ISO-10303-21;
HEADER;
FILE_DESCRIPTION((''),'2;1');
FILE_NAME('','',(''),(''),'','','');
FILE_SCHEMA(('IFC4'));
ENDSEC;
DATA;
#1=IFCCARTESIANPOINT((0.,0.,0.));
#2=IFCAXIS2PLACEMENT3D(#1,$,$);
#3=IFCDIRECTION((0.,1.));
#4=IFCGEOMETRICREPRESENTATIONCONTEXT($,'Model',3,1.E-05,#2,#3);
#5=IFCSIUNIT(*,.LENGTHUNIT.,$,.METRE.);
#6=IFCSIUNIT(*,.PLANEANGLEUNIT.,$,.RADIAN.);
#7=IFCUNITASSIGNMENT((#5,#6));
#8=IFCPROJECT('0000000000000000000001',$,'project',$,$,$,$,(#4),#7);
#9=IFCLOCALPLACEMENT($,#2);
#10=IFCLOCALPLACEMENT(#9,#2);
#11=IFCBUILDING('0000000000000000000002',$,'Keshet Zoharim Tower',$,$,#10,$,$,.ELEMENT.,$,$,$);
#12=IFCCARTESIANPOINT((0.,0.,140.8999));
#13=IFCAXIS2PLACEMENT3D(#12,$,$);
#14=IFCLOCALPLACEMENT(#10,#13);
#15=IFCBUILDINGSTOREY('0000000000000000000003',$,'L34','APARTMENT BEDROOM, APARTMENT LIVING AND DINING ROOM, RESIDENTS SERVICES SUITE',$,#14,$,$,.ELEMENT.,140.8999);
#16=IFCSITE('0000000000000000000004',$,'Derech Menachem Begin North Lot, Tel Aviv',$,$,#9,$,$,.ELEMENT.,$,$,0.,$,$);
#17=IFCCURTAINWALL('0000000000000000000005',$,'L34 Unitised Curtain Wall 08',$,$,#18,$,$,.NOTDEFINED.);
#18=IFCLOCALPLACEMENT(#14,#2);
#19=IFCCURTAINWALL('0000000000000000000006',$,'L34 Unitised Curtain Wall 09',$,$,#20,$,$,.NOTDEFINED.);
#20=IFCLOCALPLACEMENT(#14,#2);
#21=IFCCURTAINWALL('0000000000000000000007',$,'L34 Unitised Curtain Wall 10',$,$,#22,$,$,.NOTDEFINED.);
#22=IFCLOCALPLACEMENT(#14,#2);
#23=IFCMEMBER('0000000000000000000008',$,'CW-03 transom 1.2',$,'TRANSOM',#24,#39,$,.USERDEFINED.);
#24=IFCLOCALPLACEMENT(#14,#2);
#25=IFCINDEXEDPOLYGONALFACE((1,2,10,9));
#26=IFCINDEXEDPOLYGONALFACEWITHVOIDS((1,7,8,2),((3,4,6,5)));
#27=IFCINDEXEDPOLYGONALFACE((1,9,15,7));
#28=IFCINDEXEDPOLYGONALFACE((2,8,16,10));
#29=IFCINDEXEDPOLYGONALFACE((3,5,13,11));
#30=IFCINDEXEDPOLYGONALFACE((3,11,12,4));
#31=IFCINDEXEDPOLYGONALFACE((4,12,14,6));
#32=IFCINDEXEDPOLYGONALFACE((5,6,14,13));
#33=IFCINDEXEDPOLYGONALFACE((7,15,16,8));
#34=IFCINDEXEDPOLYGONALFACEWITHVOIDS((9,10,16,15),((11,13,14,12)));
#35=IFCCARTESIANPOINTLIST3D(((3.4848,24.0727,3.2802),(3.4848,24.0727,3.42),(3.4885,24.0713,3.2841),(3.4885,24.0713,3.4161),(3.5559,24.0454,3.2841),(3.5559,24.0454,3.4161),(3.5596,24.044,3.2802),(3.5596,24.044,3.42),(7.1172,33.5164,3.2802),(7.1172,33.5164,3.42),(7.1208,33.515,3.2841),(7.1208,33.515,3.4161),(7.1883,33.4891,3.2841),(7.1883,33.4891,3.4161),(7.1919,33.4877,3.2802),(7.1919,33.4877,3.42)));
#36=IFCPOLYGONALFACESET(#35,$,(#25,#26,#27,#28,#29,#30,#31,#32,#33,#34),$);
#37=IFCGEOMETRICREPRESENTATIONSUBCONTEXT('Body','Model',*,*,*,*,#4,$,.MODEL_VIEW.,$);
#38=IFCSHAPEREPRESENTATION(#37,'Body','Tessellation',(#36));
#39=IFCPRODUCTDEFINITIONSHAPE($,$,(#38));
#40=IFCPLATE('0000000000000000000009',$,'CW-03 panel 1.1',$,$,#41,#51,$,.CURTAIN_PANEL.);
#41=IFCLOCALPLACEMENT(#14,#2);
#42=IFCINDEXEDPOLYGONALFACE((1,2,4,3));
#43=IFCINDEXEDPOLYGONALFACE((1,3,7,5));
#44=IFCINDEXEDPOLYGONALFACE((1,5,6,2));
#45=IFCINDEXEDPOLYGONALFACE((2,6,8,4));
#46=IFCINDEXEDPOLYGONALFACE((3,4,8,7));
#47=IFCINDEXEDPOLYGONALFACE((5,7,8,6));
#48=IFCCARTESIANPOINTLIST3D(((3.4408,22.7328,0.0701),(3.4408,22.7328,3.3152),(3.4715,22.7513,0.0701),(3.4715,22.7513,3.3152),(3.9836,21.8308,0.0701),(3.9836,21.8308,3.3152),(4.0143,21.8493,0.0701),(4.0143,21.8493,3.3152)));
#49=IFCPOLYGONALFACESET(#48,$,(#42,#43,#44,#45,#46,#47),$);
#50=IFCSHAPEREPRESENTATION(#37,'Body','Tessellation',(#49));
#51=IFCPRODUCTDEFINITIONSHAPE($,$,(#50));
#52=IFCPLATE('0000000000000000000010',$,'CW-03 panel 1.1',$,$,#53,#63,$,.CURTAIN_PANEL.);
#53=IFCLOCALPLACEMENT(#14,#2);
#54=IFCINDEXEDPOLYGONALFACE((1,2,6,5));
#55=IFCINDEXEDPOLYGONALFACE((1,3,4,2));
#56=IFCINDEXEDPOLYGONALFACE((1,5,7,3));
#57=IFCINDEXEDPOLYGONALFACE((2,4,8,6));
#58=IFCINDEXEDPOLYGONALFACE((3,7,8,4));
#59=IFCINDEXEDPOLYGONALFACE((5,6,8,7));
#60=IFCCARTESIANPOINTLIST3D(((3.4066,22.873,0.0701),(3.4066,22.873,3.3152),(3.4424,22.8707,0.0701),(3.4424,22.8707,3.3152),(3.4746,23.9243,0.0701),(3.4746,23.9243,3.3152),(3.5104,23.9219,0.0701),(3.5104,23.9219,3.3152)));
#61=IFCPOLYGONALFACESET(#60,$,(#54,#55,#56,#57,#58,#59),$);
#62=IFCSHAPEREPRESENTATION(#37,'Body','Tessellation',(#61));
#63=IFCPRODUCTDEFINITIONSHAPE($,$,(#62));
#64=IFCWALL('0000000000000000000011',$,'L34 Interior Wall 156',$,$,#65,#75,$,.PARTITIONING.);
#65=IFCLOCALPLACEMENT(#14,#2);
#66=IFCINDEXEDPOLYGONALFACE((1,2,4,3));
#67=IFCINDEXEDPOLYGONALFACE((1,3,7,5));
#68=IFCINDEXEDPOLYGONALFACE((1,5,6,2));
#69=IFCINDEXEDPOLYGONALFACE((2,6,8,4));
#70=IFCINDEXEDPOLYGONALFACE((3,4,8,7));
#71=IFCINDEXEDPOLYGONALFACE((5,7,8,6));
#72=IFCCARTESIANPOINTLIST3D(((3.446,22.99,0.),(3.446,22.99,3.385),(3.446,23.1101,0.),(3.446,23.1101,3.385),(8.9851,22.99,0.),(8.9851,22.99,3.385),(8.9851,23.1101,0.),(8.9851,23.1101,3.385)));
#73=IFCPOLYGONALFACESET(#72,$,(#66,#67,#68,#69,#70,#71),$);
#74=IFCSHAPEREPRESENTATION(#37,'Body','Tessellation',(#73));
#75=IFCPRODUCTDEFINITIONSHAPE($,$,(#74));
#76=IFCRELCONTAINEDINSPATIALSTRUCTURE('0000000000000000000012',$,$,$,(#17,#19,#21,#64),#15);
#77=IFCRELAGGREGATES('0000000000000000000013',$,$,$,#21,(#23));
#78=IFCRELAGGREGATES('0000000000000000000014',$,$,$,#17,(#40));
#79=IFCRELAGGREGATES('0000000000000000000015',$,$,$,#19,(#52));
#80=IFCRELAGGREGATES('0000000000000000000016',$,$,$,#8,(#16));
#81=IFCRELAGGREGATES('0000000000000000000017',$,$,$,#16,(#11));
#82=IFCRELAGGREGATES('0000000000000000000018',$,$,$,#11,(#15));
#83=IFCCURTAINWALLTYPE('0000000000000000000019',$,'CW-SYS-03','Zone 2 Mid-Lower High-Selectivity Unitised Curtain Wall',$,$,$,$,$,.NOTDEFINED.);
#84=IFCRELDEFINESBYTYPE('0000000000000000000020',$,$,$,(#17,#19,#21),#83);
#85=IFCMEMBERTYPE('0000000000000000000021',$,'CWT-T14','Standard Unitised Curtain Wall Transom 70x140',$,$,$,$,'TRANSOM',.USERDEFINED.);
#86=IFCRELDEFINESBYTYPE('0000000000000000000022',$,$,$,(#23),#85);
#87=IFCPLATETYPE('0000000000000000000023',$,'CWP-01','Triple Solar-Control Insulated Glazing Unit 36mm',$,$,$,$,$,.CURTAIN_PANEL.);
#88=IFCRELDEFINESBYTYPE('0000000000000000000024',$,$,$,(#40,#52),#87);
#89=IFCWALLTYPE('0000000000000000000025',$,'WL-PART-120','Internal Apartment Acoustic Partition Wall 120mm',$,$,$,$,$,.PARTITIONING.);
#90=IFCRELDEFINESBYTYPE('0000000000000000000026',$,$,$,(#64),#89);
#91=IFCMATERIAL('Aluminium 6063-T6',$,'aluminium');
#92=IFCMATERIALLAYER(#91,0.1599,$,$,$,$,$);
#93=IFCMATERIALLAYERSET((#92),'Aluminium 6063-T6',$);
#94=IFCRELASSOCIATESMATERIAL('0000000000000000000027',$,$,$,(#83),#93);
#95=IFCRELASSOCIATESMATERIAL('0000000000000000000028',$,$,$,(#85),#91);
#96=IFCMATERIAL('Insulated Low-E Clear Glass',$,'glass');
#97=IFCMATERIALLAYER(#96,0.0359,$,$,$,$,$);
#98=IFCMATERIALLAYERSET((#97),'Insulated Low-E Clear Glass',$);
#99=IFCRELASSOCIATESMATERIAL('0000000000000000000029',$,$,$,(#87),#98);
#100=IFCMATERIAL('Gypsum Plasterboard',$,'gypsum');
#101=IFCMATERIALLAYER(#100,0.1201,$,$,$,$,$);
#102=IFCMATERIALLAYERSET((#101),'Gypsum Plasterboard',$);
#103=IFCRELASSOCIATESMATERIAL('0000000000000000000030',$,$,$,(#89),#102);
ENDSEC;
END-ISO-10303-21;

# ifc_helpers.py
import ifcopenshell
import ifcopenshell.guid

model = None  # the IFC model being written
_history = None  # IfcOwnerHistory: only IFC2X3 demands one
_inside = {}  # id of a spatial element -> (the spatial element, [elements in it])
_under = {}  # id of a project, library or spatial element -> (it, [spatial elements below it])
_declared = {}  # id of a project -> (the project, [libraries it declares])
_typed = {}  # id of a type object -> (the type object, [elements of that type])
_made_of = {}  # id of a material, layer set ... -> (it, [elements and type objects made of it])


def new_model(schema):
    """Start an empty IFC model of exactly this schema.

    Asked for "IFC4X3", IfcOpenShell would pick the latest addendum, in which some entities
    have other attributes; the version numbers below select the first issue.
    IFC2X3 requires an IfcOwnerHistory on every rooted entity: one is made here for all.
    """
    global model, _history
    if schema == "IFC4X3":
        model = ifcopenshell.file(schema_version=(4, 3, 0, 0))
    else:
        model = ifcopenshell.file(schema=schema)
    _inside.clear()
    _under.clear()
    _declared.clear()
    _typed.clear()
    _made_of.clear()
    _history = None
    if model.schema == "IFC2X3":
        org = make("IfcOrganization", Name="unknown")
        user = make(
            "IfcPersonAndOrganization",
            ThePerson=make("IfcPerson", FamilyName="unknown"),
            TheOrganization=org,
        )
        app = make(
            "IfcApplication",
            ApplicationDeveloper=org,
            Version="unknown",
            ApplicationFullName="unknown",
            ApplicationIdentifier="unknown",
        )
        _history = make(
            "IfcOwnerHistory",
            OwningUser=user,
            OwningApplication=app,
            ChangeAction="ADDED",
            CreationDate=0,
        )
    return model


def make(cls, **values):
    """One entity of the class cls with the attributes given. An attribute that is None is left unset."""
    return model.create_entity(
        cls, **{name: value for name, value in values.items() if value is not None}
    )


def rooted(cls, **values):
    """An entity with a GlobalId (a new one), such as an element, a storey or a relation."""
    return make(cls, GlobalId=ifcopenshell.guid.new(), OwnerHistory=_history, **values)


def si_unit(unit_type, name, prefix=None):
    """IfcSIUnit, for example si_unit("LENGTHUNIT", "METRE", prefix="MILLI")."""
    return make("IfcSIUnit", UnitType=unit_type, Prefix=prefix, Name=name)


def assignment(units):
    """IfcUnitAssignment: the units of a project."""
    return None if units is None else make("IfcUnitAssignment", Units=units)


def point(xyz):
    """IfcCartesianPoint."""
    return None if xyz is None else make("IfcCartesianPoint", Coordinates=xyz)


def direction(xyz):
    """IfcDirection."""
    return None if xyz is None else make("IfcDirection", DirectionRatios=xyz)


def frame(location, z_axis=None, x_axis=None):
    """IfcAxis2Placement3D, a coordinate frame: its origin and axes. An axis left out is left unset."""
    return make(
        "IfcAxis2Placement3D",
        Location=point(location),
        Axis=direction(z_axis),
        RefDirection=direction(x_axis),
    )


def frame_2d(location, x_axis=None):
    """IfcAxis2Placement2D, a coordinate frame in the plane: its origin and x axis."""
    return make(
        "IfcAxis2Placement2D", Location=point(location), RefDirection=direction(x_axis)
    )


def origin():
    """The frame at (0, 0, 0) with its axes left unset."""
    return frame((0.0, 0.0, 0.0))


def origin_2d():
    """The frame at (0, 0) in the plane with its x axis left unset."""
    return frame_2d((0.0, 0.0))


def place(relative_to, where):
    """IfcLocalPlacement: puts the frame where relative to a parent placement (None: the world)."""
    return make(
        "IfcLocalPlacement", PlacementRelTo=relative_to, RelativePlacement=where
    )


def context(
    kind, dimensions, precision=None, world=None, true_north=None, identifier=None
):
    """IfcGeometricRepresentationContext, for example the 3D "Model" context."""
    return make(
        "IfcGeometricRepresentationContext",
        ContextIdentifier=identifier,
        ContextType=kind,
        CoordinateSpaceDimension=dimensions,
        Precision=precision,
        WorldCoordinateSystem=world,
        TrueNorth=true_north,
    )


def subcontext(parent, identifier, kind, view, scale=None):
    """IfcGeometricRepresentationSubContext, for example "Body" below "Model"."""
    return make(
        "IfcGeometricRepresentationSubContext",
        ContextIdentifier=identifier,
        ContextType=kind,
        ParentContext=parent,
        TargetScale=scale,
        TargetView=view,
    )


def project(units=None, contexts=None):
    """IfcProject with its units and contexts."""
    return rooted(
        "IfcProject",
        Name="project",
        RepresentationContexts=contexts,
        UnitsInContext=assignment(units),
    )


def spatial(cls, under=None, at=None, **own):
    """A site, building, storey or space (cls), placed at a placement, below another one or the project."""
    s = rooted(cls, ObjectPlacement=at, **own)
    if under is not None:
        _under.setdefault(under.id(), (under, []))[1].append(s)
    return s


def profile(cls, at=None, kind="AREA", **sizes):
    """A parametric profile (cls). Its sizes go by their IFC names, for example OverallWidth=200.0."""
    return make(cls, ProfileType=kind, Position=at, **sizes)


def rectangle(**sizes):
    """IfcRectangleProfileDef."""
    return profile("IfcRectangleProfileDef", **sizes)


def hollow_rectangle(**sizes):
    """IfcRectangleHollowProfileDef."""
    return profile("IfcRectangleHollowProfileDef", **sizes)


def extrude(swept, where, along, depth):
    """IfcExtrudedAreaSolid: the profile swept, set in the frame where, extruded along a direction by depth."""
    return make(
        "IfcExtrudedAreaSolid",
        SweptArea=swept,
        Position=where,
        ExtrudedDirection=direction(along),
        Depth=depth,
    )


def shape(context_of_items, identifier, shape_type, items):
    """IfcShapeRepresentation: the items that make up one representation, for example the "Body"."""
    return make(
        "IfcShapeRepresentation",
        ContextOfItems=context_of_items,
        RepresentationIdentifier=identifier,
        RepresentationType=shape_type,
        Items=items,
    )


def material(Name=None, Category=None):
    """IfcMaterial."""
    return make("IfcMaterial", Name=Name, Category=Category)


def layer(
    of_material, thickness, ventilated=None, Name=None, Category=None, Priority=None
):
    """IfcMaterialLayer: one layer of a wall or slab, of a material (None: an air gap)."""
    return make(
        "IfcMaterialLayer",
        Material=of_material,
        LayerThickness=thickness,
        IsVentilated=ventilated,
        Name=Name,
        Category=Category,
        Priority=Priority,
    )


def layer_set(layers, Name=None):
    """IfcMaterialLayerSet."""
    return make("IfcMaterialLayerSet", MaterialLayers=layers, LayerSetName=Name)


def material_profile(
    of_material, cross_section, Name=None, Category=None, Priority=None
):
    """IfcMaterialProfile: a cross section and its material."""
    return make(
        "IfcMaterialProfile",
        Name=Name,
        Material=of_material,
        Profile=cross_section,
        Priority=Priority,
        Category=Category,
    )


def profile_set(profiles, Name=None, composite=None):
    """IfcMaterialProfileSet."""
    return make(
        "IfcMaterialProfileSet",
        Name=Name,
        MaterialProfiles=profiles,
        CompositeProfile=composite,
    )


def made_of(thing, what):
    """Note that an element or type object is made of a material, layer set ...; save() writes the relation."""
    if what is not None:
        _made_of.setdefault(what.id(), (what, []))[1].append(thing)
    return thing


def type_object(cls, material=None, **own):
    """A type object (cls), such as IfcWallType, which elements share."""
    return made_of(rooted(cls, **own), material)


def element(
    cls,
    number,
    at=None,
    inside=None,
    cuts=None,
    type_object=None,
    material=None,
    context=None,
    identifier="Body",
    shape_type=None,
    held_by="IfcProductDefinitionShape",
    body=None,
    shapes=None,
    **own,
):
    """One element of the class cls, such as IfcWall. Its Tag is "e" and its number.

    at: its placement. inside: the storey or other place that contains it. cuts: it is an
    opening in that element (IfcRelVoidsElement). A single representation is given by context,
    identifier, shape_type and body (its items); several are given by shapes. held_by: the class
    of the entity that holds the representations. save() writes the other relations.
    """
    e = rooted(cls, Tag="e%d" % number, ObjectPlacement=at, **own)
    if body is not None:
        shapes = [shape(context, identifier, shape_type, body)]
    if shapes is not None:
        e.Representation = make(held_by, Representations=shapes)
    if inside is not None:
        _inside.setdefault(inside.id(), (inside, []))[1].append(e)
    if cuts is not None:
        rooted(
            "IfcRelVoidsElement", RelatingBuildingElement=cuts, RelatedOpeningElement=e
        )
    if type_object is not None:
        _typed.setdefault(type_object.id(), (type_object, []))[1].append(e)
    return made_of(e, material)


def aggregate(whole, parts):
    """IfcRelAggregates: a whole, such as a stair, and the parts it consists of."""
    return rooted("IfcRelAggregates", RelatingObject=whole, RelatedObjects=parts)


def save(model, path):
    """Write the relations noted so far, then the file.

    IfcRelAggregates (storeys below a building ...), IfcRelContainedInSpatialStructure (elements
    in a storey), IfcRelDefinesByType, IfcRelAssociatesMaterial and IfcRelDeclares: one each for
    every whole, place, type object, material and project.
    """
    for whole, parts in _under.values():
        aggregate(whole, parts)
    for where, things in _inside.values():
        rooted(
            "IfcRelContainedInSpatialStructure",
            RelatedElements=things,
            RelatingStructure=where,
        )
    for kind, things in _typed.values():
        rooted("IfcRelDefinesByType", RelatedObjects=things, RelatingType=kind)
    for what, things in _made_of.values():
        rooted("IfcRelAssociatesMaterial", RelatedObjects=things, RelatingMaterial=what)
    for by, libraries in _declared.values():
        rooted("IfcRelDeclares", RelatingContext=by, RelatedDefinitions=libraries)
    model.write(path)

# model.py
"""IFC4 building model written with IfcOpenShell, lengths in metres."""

from ifc_helpers import new_model, si_unit, direction, frame, frame_2d, origin, origin_2d, place, context, subcontext, project, spatial, rectangle, hollow_rectangle, extrude, material, layer, layer_set, material_profile, profile_set, type_object, element, aggregate, save


model = new_model("IFC4")

# Units and contexts
model_context = context("Model", 3, precision=1e-05, world=origin(), true_north=direction((0.0, 1.0)))
body_context = subcontext(model_context, "Body", "Model", "MODEL_VIEW")
ifc_project = project(units=[si_unit("LENGTHUNIT", "METRE"), si_unit("PLANEANGLEUNIT", "RADIAN")], contexts=[model_context])

# Site, building, storey
site_placement = place(None, origin())
site = spatial("IfcSite", under=ifc_project, at=site_placement, Name="Derech Menachem Begin North Lot, Tel Aviv", CompositionType="ELEMENT", RefElevation=0.0)
building_placement = place(site_placement, origin())
building = spatial("IfcBuilding", under=site, at=building_placement, Name="Keshet Zoharim Tower", CompositionType="ELEMENT")
storey_placement = place(building_placement, frame((0.0, 0.0, 140.8999)))
storey = spatial("IfcBuildingStorey", under=building, at=storey_placement, Name="L34", Description="APARTMENT BEDROOM, APARTMENT LIVING AND DINING ROOM, RESIDENTS SERVICES SUITE", CompositionType="ELEMENT", Elevation=140.8999)

# Shared definitions
ifc_material_1 = material(Name="Aluminium 6063-T6", Category="aluminium")
ifc_layer_1 = layer(ifc_material_1, 0.1599)
ifc_layer_set_1 = layer_set([ifc_layer_1], Name="Aluminium 6063-T6")
curtain_wall_type = type_object("IfcCurtainWallType", Name="CW-SYS-03", Description="Zone 2 Mid-Lower High-Selectivity Unitised Curtain Wall", PredefinedType="NOTDEFINED", material=ifc_layer_set_1)

# Curtain walls
curtain_wall_1_placement = place(storey_placement, origin())
curtain_wall_1 = element("IfcCurtainWall", 1, at=curtain_wall_1_placement, inside=storey, type_object=curtain_wall_type, Name="L34 Unitised Curtain Wall 08", PredefinedType="NOTDEFINED")
curtain_wall_2_placement = place(storey_placement, origin())
curtain_wall_2 = element("IfcCurtainWall", 2, at=curtain_wall_2_placement, inside=storey, type_object=curtain_wall_type, Name="L34 Unitised Curtain Wall 09", PredefinedType="NOTDEFINED")

# Curtain wall
curtain_wall_3_placement = place(storey_placement, origin())
curtain_wall_3 = element("IfcCurtainWall", 3, at=curtain_wall_3_placement, inside=storey, type_object=curtain_wall_type, Name="L34 Unitised Curtain Wall 10", PredefinedType="NOTDEFINED")

# Member
ifc_material_profile_1 = material_profile(ifc_material_1, hollow_rectangle(XDim=0.0801, YDim=0.1399, WallThickness=0.0039, at=origin_2d()), Name="TRN-80x140")
ifc_profile_set_1 = profile_set([ifc_material_profile_1], Name="Aluminium 6063-T6")
member_type_1 = type_object("IfcMemberType", Name="CWT-T14", Description="Standard Unitised Curtain Wall Transom 70x140", ElementType="TRANSOM", PredefinedType="USERDEFINED", material=ifc_profile_set_1)
member_1_placement = place(storey_placement, frame((3.5222, 24.0583, 3.3501), z_axis=(0.358994, 0.93334, 0.0), x_axis=(-0.93334, 0.358994, 0.0)))
member_1 = element("IfcMember", 4, at=member_1_placement, type_object=member_type_1, Name="CW-03 transom 1.2", ObjectType="TRANSOM", PredefinedType="USERDEFINED", context=body_context, shape_type="SweptSolid", body=[
    extrude(hollow_rectangle(XDim=0.0801, YDim=0.1399, WallThickness=0.0039, at=origin_2d()), origin(), (0.0, 0.0, 1.0), 10.1182),
])
aggregate(curtain_wall_3, [member_1])

# Plates
ifc_material_2 = material(Name="Insulated Low-E Clear Glass", Category="glass")
ifc_layer_2 = layer(ifc_material_2, 0.0359)
ifc_layer_set_2 = layer_set([ifc_layer_2], Name="Insulated Low-E Clear Glass")
plate_type = type_object("IfcPlateType", Name="CWP-01", Description="Triple Solar-Control Insulated Glazing Unit 36mm", PredefinedType="CURTAIN_PANEL", material=ifc_layer_set_2)
plate_1_placement = place(storey_placement, frame((3.7275, 22.291, 0.0701), z_axis=(0.0, 0.0, 1.0), x_axis=(-0.515605, 0.856826, 0.0)))
plate_1 = element("IfcPlate", 5, at=plate_1_placement, type_object=plate_type, Name="CW-03 panel 1.1", PredefinedType="CURTAIN_PANEL", context=body_context, shape_type="SweptSolid", body=[
    extrude(rectangle(XDim=1.0527, YDim=0.0359, at=origin_2d()), origin(), (0.0, 0.0, 1.0), 3.2451),
])
aggregate(curtain_wall_1, [plate_1])
plate_2_placement = place(storey_placement, frame((3.4585, 23.3975, 0.0701), z_axis=(0.0, 0.0, 1.0), x_axis=(0.064517, 0.997917, 0.0)))
plate_2 = element("IfcPlate", 6, at=plate_2_placement, type_object=plate_type, Name="CW-03 panel 1.1", PredefinedType="CURTAIN_PANEL", context=body_context, shape_type="SweptSolid", body=[
    extrude(rectangle(XDim=1.0535, YDim=0.0359, at=origin_2d()), origin(), (0.0, 0.0, 1.0), 3.2451),
])
aggregate(curtain_wall_2, [plate_2])

# Wall
ifc_material_3 = material(Name="Gypsum Plasterboard", Category="gypsum")
ifc_layer_3 = layer(ifc_material_3, 0.1201)
ifc_layer_set_3 = layer_set([ifc_layer_3], Name="Gypsum Plasterboard")
wall_type = type_object("IfcWallType", Name="WL-PART-120", Description="Internal Apartment Acoustic Partition Wall 120mm", PredefinedType="PARTITIONING", material=ifc_layer_set_3)
wall_placement = place(storey_placement, frame((3.446, 23.05, 0.0), z_axis=(0.0, 0.0, 1.0), x_axis=(1.0, 0.0, 0.0)))
element("IfcWall", 7, at=wall_placement, inside=storey, type_object=wall_type, Name="L34 Interior Wall 156", PredefinedType="PARTITIONING", context=body_context, shape_type="SweptSolid", body=[
    extrude(rectangle(XDim=5.5391, YDim=0.1201, at=frame_2d((2.7695, 0.0))), origin(), (0.0, 0.0, 1.0), 3.385),
])

save(model, "model.ifc")
